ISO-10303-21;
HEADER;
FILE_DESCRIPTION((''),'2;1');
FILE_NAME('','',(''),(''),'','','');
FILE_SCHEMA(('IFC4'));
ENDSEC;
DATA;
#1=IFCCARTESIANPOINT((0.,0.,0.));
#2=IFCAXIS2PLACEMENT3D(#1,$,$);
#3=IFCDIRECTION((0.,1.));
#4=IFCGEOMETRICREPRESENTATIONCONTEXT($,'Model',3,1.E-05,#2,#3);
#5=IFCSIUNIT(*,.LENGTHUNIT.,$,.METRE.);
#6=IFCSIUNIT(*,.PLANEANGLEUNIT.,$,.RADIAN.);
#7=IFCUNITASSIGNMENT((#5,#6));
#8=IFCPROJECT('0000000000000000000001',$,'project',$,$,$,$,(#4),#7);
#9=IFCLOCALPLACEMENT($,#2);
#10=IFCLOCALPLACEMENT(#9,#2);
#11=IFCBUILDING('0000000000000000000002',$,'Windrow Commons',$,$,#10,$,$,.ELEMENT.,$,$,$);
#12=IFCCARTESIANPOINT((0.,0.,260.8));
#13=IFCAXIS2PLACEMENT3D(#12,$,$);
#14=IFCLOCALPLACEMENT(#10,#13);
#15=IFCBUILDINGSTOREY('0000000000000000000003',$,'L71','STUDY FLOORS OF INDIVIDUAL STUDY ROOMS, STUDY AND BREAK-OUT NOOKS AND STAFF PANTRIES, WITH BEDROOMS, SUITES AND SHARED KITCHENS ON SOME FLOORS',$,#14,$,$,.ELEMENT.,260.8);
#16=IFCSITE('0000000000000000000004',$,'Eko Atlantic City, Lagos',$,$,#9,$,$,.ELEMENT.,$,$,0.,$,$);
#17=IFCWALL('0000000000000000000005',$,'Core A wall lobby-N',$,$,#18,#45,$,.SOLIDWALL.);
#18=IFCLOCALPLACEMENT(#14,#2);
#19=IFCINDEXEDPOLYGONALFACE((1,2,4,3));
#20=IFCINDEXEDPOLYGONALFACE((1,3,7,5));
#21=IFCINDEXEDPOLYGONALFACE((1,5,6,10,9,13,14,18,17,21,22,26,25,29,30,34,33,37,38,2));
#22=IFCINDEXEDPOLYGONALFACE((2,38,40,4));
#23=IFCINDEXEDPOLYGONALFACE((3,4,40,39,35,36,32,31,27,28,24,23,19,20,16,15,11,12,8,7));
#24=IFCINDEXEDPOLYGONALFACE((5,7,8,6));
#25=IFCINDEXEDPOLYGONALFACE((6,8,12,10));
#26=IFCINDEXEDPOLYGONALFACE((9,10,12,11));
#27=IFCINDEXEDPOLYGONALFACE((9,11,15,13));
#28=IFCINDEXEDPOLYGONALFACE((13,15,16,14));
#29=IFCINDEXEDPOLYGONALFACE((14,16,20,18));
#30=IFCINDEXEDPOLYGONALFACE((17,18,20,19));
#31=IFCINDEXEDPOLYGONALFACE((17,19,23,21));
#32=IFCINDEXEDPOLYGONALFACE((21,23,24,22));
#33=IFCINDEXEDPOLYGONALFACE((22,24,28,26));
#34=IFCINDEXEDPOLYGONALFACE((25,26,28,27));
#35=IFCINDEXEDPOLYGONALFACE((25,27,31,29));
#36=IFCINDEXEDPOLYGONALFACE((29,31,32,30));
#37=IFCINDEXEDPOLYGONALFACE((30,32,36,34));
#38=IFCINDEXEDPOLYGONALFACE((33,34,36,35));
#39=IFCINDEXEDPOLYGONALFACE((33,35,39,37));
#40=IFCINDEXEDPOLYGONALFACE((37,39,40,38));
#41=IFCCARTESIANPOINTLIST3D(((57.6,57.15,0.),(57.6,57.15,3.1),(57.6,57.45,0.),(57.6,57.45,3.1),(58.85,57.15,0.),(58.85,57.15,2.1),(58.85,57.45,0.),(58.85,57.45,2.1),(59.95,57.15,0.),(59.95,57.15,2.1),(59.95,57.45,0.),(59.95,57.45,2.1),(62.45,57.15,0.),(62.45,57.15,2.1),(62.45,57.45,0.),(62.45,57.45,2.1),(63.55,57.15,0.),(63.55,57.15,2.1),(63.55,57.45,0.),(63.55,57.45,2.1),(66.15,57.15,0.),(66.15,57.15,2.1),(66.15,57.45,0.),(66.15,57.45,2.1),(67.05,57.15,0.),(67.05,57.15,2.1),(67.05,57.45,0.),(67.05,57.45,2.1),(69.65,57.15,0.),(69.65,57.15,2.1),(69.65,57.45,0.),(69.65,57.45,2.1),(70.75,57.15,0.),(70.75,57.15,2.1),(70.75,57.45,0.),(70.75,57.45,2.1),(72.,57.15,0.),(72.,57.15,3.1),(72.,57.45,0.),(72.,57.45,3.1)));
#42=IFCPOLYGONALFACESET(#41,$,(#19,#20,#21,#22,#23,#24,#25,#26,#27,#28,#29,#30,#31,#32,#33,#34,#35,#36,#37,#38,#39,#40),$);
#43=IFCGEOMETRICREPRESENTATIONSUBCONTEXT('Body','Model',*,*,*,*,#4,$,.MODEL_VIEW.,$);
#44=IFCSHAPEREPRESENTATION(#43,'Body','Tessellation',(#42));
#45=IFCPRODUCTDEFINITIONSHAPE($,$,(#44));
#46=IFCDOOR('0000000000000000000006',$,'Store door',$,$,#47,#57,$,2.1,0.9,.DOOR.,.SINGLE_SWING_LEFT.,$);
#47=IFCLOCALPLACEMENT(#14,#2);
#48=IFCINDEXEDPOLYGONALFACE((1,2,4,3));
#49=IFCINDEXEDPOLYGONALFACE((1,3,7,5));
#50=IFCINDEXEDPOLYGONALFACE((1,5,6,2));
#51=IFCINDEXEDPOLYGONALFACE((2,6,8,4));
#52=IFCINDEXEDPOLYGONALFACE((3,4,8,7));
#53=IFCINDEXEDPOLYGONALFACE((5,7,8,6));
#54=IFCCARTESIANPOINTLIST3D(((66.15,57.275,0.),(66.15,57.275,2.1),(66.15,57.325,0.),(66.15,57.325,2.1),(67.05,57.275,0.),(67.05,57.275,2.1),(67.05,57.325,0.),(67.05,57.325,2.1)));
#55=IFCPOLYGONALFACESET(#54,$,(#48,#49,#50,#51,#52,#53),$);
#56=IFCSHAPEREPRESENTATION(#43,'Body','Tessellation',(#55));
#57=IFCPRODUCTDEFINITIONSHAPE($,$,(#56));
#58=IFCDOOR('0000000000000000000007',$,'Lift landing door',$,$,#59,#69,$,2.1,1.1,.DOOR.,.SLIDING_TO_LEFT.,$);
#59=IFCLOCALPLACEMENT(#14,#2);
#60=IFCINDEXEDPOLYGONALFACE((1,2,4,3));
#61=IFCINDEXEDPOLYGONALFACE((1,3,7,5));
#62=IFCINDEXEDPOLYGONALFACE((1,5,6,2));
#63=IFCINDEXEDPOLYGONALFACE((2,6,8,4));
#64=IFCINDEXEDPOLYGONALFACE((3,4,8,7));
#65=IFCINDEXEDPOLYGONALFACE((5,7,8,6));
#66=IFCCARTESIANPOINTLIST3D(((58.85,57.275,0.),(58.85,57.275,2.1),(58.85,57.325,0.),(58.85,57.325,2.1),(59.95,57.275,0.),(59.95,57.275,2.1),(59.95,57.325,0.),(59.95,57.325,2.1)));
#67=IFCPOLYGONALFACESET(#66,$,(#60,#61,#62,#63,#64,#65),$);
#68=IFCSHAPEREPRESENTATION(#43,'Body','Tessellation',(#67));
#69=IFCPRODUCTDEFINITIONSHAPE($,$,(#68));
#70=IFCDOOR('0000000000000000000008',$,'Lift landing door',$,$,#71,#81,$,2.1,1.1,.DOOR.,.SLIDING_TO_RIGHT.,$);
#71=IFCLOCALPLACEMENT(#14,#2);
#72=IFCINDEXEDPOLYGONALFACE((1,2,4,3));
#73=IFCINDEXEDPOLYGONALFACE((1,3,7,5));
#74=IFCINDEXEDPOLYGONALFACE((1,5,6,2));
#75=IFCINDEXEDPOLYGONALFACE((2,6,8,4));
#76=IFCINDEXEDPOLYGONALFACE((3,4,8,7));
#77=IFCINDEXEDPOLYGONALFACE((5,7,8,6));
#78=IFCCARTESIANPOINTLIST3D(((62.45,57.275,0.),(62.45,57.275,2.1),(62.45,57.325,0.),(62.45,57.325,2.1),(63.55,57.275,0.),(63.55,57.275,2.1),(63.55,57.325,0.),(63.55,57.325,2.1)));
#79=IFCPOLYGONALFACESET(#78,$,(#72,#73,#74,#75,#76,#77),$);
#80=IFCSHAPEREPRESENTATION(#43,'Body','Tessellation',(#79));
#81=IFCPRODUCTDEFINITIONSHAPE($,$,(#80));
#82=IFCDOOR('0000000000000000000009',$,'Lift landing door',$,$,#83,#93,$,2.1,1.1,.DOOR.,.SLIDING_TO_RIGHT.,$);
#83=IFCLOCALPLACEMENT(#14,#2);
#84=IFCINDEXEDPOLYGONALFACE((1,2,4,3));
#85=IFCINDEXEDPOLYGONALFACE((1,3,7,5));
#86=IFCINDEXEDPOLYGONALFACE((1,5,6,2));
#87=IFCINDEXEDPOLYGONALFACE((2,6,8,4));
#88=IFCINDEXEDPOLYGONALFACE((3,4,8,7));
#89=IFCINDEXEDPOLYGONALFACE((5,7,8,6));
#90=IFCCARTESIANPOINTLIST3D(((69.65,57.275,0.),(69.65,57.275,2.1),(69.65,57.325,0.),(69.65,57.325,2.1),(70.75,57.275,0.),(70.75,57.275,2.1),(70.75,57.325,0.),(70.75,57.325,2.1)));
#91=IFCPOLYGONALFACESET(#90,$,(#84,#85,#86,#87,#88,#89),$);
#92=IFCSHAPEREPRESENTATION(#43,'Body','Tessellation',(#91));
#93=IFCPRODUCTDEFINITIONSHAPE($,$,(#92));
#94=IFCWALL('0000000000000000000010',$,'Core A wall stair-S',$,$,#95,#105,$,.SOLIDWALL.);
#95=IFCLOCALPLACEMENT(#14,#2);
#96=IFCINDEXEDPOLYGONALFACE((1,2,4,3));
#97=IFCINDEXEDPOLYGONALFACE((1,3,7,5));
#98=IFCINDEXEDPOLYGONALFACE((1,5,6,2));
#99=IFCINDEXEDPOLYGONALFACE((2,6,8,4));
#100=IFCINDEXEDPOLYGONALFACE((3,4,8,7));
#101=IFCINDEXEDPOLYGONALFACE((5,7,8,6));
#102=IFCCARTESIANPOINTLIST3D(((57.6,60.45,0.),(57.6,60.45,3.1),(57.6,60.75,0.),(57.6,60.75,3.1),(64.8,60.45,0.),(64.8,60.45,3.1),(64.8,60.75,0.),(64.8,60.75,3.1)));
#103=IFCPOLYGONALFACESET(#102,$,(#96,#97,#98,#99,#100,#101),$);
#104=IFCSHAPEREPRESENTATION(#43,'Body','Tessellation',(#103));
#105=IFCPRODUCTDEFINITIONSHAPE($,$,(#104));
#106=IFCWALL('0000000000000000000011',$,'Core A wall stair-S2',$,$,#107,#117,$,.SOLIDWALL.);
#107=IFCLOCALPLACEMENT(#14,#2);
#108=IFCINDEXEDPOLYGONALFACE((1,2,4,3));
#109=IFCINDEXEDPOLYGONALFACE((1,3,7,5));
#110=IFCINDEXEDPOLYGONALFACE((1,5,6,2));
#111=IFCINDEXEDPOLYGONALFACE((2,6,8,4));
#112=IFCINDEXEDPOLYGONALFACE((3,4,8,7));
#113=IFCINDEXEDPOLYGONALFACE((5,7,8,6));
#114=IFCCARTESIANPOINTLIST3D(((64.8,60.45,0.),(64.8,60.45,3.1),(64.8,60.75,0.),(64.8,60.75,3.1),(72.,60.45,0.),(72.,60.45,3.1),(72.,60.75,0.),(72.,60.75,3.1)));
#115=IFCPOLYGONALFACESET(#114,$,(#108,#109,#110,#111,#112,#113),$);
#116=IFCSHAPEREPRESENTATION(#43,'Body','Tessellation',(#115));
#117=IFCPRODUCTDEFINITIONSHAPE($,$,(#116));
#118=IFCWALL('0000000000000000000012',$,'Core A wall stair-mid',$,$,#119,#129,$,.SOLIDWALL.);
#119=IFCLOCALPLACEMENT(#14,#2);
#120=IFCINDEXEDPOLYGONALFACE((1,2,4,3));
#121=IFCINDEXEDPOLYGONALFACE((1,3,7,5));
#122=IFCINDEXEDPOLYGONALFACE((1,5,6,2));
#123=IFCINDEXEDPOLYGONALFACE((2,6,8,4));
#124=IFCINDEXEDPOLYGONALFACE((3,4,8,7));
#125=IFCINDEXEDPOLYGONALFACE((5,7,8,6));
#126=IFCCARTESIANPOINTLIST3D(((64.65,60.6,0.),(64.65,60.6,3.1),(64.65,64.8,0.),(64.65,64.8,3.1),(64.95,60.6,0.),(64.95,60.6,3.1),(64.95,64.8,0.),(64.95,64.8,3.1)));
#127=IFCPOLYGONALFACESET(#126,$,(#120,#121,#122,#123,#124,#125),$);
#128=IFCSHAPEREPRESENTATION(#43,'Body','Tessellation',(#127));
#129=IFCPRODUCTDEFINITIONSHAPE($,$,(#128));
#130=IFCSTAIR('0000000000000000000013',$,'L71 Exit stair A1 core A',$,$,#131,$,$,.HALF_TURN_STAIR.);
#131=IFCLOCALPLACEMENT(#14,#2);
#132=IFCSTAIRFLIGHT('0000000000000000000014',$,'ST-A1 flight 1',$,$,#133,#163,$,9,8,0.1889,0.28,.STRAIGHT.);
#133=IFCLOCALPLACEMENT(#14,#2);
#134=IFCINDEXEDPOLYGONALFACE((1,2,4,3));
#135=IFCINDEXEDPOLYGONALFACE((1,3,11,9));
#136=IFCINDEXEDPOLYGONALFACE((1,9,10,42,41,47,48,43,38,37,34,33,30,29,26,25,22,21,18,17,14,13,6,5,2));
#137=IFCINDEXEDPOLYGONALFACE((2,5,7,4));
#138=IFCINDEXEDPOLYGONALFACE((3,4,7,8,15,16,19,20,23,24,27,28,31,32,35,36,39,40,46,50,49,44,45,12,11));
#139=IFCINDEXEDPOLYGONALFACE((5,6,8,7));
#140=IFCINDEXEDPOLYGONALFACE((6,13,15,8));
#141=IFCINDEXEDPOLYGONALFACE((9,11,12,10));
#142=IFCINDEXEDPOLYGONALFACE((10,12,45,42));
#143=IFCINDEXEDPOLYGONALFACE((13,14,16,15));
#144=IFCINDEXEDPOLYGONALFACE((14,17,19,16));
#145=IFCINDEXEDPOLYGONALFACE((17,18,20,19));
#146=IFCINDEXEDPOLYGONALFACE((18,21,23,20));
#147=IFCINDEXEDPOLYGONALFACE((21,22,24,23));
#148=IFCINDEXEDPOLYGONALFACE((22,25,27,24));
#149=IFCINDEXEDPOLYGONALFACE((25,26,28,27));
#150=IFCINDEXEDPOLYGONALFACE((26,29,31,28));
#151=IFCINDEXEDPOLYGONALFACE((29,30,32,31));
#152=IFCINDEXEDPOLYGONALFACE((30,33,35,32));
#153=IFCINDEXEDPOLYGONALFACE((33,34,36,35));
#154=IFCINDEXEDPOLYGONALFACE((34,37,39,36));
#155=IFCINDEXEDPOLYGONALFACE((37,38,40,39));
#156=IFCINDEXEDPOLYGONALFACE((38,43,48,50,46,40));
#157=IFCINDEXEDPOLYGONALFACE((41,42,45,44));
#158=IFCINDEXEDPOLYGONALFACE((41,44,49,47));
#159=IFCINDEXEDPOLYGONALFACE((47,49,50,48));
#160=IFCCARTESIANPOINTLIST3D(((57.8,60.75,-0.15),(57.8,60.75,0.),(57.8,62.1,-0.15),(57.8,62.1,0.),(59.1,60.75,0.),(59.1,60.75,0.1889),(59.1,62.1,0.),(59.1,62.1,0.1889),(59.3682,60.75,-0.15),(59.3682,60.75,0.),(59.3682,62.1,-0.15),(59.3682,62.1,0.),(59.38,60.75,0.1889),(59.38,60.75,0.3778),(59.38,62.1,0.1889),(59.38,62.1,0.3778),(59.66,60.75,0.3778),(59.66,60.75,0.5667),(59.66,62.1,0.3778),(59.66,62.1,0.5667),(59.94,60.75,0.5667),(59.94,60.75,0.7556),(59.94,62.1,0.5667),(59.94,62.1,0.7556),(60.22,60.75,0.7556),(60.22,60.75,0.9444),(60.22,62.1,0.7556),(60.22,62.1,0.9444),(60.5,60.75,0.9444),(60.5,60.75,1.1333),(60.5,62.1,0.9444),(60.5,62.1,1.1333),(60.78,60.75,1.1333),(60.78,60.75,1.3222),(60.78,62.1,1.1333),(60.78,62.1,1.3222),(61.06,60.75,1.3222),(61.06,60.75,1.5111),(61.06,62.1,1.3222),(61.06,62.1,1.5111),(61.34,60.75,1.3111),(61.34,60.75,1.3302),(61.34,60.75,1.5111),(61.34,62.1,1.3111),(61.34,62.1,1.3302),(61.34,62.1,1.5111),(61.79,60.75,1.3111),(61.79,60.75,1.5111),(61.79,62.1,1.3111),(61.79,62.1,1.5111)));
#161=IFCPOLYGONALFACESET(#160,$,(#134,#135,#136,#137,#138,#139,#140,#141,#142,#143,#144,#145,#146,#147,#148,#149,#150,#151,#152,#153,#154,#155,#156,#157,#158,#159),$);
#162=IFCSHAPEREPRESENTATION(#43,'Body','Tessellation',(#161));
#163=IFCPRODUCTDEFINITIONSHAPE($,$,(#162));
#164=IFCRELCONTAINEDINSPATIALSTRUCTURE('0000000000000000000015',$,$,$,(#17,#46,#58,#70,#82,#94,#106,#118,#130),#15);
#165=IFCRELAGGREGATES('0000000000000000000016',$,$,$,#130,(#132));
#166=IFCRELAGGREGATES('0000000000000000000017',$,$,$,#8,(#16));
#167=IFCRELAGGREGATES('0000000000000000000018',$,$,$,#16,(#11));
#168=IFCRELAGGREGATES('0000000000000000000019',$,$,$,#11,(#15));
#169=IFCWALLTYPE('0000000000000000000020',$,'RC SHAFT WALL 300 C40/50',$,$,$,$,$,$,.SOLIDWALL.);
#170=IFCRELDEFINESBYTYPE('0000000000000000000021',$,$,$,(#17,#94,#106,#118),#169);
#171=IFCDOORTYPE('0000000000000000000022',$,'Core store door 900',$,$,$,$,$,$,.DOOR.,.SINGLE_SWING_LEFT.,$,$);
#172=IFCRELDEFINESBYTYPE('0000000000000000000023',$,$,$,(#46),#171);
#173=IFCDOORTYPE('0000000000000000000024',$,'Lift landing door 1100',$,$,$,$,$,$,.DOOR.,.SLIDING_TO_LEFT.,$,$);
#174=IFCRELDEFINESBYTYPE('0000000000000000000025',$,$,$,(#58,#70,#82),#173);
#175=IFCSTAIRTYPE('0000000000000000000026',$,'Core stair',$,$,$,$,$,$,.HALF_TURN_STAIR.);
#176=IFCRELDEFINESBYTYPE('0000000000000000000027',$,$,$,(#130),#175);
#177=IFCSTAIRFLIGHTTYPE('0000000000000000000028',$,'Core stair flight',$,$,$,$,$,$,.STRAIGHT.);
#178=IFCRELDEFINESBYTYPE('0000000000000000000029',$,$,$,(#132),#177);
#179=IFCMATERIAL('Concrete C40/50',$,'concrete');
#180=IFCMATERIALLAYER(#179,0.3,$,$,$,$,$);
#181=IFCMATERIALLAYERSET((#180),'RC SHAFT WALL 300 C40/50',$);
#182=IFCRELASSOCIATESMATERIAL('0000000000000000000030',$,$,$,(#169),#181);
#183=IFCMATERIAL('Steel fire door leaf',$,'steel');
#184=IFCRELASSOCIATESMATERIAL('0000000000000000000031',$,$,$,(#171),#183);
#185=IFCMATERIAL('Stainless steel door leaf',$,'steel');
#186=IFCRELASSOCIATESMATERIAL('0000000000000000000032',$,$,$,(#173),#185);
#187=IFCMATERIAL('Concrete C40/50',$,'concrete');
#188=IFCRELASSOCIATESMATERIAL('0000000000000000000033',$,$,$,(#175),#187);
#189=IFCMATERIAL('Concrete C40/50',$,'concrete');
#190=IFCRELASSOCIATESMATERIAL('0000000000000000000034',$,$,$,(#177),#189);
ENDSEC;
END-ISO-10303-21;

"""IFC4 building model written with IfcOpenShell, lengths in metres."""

from ifc_helpers import new_model, si_unit, direction, frame, frame_2d, origin, place, context, subcontext, project, spatial, polyline, rectangle, outline, extrude, material, layer, layer_set, type_object, element, fill, aggregate, save


model = new_model("IFC4")

# Units and contexts
model_context = context("Model", 3, precision=1e-05, world=origin(), true_north=direction((0.0, 1.0)))
body_context = subcontext(model_context, "Body", "Model", "MODEL_VIEW")
ifc_project = project(units=[si_unit("LENGTHUNIT", "METRE"), si_unit("PLANEANGLEUNIT", "RADIAN")], contexts=[model_context])

# Site, building, storey
site_placement = place(None, origin())
site = spatial("IfcSite", under=ifc_project, at=site_placement, Name="Eko Atlantic City, Lagos", CompositionType="ELEMENT", RefElevation=0.0)
building_placement = place(site_placement, origin())
building = spatial("IfcBuilding", under=site, at=building_placement, Name="Windrow Commons", CompositionType="ELEMENT")
storey_placement = place(building_placement, frame((0.0, 0.0, 260.8)))
storey = spatial("IfcBuildingStorey", under=building, at=storey_placement, Name="L71", Description="STUDY FLOORS OF INDIVIDUAL STUDY ROOMS, STUDY AND BREAK-OUT NOOKS AND STAFF PANTRIES, WITH BEDROOMS, SUITES AND SHARED KITCHENS ON SOME FLOORS", CompositionType="ELEMENT", Elevation=260.8)

# Shared definitions
ifc_material_1 = material(Name="Concrete C40/50", Category="concrete")
ifc_layer_1 = layer(ifc_material_1, 0.3)
ifc_layer_set_1 = layer_set([ifc_layer_1], Name="RC SHAFT WALL 300 C40/50")
wall_type_1 = type_object("IfcWallType", Name="RC SHAFT WALL 300 C40/50", PredefinedType="SOLIDWALL", material=ifc_layer_set_1)

# Wall, openings, doors
ifc_material_2 = material(Name="Steel fire door leaf", Category="steel")
door_type_1 = type_object("IfcDoorType", Name="Core store door 900", OperationType="SINGLE_SWING_LEFT", PredefinedType="DOOR", material=ifc_material_2)
ifc_material_3 = material(Name="Stainless steel door leaf", Category="steel")
door_type_2 = type_object("IfcDoorType", Name="Lift landing door 1100", OperationType="SLIDING_TO_LEFT", PredefinedType="DOOR", material=ifc_material_3)
wall_1_placement = place(storey_placement, frame((57.6, 57.3, 0.0), z_axis=(0.0, 0.0, 1.0), x_axis=(1.0, 0.0, 0.0)))
wall_1 = element("IfcWall", 1, at=wall_1_placement, inside=storey, type_object=wall_type_1, Name="Core A wall lobby-N", PredefinedType="SOLIDWALL", context=body_context, shape_type="SweptSolid", body=[
    extrude(rectangle(XDim=14.4, YDim=0.3, at=frame_2d((7.2, 0.0))), origin(), (0.0, 0.0, 1.0), 3.1),
])
opening_1_placement = place(wall_1_placement, frame((8.55, 0.0, 0.0)))
opening_1 = element("IfcOpeningElement", 2, at=opening_1_placement, cuts=wall_1, PredefinedType="OPENING", context=body_context, shape_type="SweptSolid", body=[
    extrude(rectangle(XDim=0.9, YDim=2.1, at=frame_2d((0.45, 1.05))), frame((0.0, 0.16, 0.0), z_axis=(0.0, -1.0, 0.0), x_axis=(1.0, 0.0, 0.0)), (0.0, 0.0, 1.0), 0.32),
])
opening_2_placement = place(wall_1_placement, frame((1.25, 0.0, 0.0)))
opening_2 = element("IfcOpeningElement", 3, at=opening_2_placement, cuts=wall_1, PredefinedType="OPENING", context=body_context, shape_type="SweptSolid", body=[
    extrude(rectangle(XDim=1.1, YDim=2.1, at=frame_2d((0.55, 1.05))), frame((0.0, 0.16, 0.0), z_axis=(0.0, -1.0, 0.0), x_axis=(1.0, 0.0, 0.0)), (0.0, 0.0, 1.0), 0.32),
])
opening_3_placement = place(wall_1_placement, frame((4.85, 0.0, 0.0)))
opening_3 = element("IfcOpeningElement", 4, at=opening_3_placement, cuts=wall_1, PredefinedType="OPENING", context=body_context, shape_type="SweptSolid", body=[
    extrude(rectangle(XDim=1.1, YDim=2.1, at=frame_2d((0.55, 1.05))), frame((0.0, 0.16, 0.0), z_axis=(0.0, -1.0, 0.0), x_axis=(1.0, 0.0, 0.0)), (0.0, 0.0, 1.0), 0.32),
])
opening_4_placement = place(wall_1_placement, frame((12.05, 0.0, 0.0)))
opening_4 = element("IfcOpeningElement", 5, at=opening_4_placement, cuts=wall_1, PredefinedType="OPENING", context=body_context, shape_type="SweptSolid", body=[
    extrude(rectangle(XDim=1.1, YDim=2.1, at=frame_2d((0.55, 1.05))), frame((0.0, 0.16, 0.0), z_axis=(0.0, -1.0, 0.0), x_axis=(1.0, 0.0, 0.0)), (0.0, 0.0, 1.0), 0.32),
])
door_1_placement = place(opening_1_placement, origin())
door_1 = element("IfcDoor", 6, at=door_1_placement, inside=storey, type_object=door_type_1, Name="Store door", OperationType="SINGLE_SWING_LEFT", OverallHeight=2.1, OverallWidth=0.9, PredefinedType="DOOR", context=body_context, shape_type="SweptSolid", body=[
    extrude(rectangle(XDim=0.9, YDim=2.1, at=frame_2d((0.45, 1.05))), frame((0.0, 0.025, 0.0), z_axis=(0.0, -1.0, 0.0), x_axis=(1.0, 0.0, 0.0)), (0.0, 0.0, 1.0), 0.05),
])
fill(opening_1, door_1)
door_2_placement = place(opening_2_placement, origin())
door_2 = element("IfcDoor", 7, at=door_2_placement, inside=storey, type_object=door_type_2, Name="Lift landing door", OperationType="SLIDING_TO_LEFT", OverallHeight=2.1, OverallWidth=1.1, PredefinedType="DOOR", context=body_context, shape_type="SweptSolid", body=[
    extrude(rectangle(XDim=1.1, YDim=2.1, at=frame_2d((0.55, 1.05))), frame((0.0, 0.025, 0.0), z_axis=(0.0, -1.0, 0.0), x_axis=(1.0, 0.0, 0.0)), (0.0, 0.0, 1.0), 0.05),
])
fill(opening_2, door_2)
door_3_placement = place(opening_3_placement, origin())
door_3 = element("IfcDoor", 8, at=door_3_placement, inside=storey, type_object=door_type_2, Name="Lift landing door", OperationType="SLIDING_TO_RIGHT", OverallHeight=2.1, OverallWidth=1.1, PredefinedType="DOOR", context=body_context, shape_type="SweptSolid", body=[
    extrude(rectangle(XDim=1.1, YDim=2.1, at=frame_2d((0.55, 1.05))), frame((0.0, 0.025, 0.0), z_axis=(0.0, -1.0, 0.0), x_axis=(1.0, 0.0, 0.0)), (0.0, 0.0, 1.0), 0.05),
])
fill(opening_3, door_3)
door_4_placement = place(opening_4_placement, origin())
door_4 = element("IfcDoor", 9, at=door_4_placement, inside=storey, type_object=door_type_2, Name="Lift landing door", OperationType="SLIDING_TO_RIGHT", OverallHeight=2.1, OverallWidth=1.1, PredefinedType="DOOR", context=body_context, shape_type="SweptSolid", body=[
    extrude(rectangle(XDim=1.1, YDim=2.1, at=frame_2d((0.55, 1.05))), frame((0.0, 0.025, 0.0), z_axis=(0.0, -1.0, 0.0), x_axis=(1.0, 0.0, 0.0)), (0.0, 0.0, 1.0), 0.05),
])
fill(opening_4, door_4)

# Walls
for number, where, z_axis, x_axis, name in (
    (10, (57.6, 60.6, 0.0), (0.0, 0.0, 1.0), (1.0, 0.0, 0.0), "Core A wall stair-S"),
    (11, (64.8, 60.6, 0.0), (0.0, 0.0, 1.0), (1.0, 0.0, 0.0), "Core A wall stair-S2"),
):
    element("IfcWall", number, at=place(storey_placement, frame(where, z_axis=z_axis, x_axis=x_axis)), inside=storey, type_object=wall_type_1, Name=name, PredefinedType="SOLIDWALL", context=body_context, shape_type="SweptSolid", body=[
        extrude(rectangle(XDim=7.2, YDim=0.3, at=frame_2d((3.6, 0.0))), origin(), (0.0, 0.0, 1.0), 3.1),
    ])
wall_2_placement = place(storey_placement, frame((64.8, 60.6, 0.0), z_axis=(0.0, 0.0, 1.0), x_axis=(0.0, 1.0, 0.0)))
element("IfcWall", 12, at=wall_2_placement, inside=storey, type_object=wall_type_1, Name="Core A wall stair-mid", PredefinedType="SOLIDWALL", context=body_context, shape_type="SweptSolid", body=[
    extrude(rectangle(XDim=4.2, YDim=0.3, at=frame_2d((2.1, 0.0))), origin(), (0.0, 0.0, 1.0), 3.1),
])

# Stair, stair flight
ifc_material_4 = material(Name="Concrete C40/50", Category="concrete")
stair_type = type_object("IfcStairType", Name="Core stair", PredefinedType="HALF_TURN_STAIR", material=ifc_material_4)
placement = place(storey_placement, origin())
stair_1 = element("IfcStair", 13, at=placement, inside=storey, type_object=stair_type, Name="L71 Exit stair A1 core A", PredefinedType="HALF_TURN_STAIR")
ifc_material_5 = material(Name="Concrete C40/50", Category="concrete")
stair_flight_type = type_object("IfcStairFlightType", Name="Core stair flight", PredefinedType="STRAIGHT", material=ifc_material_5)
stair_flight_1_placement = place(storey_placement, frame((59.1, 61.425, 0.0), z_axis=(0.0, 0.0, 1.0), x_axis=(1.0, 0.0, 0.0)))
stair_flight_1 = element("IfcStairFlight", 14, at=stair_flight_1_placement, type_object=stair_flight_type, Name="ST-A1 flight 1", NumberOfRisers=9, NumberOfTreads=8, PredefinedType="STRAIGHT", RiserHeight=0.1889, TreadLength=0.28, context=body_context, shape_type="SweptSolid", body=[
    extrude(outline(polyline([(-1.3, -0.15), (-1.3, 0.0), (0.0, 0.0), (0.0, 0.1889), (0.28, 0.1889), (0.28, 0.3778), (0.56, 0.3778), (0.56, 0.5667), (0.84, 0.5667), (0.84, 0.7556), (1.12, 0.7556), (1.12, 0.9444), (1.4, 0.9444), (1.4, 1.1333), (1.68, 1.1333), (1.68, 1.3222), (1.96, 1.3222), (1.96, 1.5111), (2.24, 1.5111), (2.69, 1.5111), (2.69, 1.3111), (2.24, 1.3111), (2.24, 1.3302), (0.2682, 0.0), (0.2682, -0.15), (-1.3, -0.15)])), frame((0.0, 0.675, 0.0), z_axis=(0.0, -1.0, 0.0), x_axis=(1.0, 0.0, 0.0)), (0.0, 0.0, 1.0), 1.35),
])
aggregate(stair_1, [stair_flight_1])

save(model, "model.ifc")
